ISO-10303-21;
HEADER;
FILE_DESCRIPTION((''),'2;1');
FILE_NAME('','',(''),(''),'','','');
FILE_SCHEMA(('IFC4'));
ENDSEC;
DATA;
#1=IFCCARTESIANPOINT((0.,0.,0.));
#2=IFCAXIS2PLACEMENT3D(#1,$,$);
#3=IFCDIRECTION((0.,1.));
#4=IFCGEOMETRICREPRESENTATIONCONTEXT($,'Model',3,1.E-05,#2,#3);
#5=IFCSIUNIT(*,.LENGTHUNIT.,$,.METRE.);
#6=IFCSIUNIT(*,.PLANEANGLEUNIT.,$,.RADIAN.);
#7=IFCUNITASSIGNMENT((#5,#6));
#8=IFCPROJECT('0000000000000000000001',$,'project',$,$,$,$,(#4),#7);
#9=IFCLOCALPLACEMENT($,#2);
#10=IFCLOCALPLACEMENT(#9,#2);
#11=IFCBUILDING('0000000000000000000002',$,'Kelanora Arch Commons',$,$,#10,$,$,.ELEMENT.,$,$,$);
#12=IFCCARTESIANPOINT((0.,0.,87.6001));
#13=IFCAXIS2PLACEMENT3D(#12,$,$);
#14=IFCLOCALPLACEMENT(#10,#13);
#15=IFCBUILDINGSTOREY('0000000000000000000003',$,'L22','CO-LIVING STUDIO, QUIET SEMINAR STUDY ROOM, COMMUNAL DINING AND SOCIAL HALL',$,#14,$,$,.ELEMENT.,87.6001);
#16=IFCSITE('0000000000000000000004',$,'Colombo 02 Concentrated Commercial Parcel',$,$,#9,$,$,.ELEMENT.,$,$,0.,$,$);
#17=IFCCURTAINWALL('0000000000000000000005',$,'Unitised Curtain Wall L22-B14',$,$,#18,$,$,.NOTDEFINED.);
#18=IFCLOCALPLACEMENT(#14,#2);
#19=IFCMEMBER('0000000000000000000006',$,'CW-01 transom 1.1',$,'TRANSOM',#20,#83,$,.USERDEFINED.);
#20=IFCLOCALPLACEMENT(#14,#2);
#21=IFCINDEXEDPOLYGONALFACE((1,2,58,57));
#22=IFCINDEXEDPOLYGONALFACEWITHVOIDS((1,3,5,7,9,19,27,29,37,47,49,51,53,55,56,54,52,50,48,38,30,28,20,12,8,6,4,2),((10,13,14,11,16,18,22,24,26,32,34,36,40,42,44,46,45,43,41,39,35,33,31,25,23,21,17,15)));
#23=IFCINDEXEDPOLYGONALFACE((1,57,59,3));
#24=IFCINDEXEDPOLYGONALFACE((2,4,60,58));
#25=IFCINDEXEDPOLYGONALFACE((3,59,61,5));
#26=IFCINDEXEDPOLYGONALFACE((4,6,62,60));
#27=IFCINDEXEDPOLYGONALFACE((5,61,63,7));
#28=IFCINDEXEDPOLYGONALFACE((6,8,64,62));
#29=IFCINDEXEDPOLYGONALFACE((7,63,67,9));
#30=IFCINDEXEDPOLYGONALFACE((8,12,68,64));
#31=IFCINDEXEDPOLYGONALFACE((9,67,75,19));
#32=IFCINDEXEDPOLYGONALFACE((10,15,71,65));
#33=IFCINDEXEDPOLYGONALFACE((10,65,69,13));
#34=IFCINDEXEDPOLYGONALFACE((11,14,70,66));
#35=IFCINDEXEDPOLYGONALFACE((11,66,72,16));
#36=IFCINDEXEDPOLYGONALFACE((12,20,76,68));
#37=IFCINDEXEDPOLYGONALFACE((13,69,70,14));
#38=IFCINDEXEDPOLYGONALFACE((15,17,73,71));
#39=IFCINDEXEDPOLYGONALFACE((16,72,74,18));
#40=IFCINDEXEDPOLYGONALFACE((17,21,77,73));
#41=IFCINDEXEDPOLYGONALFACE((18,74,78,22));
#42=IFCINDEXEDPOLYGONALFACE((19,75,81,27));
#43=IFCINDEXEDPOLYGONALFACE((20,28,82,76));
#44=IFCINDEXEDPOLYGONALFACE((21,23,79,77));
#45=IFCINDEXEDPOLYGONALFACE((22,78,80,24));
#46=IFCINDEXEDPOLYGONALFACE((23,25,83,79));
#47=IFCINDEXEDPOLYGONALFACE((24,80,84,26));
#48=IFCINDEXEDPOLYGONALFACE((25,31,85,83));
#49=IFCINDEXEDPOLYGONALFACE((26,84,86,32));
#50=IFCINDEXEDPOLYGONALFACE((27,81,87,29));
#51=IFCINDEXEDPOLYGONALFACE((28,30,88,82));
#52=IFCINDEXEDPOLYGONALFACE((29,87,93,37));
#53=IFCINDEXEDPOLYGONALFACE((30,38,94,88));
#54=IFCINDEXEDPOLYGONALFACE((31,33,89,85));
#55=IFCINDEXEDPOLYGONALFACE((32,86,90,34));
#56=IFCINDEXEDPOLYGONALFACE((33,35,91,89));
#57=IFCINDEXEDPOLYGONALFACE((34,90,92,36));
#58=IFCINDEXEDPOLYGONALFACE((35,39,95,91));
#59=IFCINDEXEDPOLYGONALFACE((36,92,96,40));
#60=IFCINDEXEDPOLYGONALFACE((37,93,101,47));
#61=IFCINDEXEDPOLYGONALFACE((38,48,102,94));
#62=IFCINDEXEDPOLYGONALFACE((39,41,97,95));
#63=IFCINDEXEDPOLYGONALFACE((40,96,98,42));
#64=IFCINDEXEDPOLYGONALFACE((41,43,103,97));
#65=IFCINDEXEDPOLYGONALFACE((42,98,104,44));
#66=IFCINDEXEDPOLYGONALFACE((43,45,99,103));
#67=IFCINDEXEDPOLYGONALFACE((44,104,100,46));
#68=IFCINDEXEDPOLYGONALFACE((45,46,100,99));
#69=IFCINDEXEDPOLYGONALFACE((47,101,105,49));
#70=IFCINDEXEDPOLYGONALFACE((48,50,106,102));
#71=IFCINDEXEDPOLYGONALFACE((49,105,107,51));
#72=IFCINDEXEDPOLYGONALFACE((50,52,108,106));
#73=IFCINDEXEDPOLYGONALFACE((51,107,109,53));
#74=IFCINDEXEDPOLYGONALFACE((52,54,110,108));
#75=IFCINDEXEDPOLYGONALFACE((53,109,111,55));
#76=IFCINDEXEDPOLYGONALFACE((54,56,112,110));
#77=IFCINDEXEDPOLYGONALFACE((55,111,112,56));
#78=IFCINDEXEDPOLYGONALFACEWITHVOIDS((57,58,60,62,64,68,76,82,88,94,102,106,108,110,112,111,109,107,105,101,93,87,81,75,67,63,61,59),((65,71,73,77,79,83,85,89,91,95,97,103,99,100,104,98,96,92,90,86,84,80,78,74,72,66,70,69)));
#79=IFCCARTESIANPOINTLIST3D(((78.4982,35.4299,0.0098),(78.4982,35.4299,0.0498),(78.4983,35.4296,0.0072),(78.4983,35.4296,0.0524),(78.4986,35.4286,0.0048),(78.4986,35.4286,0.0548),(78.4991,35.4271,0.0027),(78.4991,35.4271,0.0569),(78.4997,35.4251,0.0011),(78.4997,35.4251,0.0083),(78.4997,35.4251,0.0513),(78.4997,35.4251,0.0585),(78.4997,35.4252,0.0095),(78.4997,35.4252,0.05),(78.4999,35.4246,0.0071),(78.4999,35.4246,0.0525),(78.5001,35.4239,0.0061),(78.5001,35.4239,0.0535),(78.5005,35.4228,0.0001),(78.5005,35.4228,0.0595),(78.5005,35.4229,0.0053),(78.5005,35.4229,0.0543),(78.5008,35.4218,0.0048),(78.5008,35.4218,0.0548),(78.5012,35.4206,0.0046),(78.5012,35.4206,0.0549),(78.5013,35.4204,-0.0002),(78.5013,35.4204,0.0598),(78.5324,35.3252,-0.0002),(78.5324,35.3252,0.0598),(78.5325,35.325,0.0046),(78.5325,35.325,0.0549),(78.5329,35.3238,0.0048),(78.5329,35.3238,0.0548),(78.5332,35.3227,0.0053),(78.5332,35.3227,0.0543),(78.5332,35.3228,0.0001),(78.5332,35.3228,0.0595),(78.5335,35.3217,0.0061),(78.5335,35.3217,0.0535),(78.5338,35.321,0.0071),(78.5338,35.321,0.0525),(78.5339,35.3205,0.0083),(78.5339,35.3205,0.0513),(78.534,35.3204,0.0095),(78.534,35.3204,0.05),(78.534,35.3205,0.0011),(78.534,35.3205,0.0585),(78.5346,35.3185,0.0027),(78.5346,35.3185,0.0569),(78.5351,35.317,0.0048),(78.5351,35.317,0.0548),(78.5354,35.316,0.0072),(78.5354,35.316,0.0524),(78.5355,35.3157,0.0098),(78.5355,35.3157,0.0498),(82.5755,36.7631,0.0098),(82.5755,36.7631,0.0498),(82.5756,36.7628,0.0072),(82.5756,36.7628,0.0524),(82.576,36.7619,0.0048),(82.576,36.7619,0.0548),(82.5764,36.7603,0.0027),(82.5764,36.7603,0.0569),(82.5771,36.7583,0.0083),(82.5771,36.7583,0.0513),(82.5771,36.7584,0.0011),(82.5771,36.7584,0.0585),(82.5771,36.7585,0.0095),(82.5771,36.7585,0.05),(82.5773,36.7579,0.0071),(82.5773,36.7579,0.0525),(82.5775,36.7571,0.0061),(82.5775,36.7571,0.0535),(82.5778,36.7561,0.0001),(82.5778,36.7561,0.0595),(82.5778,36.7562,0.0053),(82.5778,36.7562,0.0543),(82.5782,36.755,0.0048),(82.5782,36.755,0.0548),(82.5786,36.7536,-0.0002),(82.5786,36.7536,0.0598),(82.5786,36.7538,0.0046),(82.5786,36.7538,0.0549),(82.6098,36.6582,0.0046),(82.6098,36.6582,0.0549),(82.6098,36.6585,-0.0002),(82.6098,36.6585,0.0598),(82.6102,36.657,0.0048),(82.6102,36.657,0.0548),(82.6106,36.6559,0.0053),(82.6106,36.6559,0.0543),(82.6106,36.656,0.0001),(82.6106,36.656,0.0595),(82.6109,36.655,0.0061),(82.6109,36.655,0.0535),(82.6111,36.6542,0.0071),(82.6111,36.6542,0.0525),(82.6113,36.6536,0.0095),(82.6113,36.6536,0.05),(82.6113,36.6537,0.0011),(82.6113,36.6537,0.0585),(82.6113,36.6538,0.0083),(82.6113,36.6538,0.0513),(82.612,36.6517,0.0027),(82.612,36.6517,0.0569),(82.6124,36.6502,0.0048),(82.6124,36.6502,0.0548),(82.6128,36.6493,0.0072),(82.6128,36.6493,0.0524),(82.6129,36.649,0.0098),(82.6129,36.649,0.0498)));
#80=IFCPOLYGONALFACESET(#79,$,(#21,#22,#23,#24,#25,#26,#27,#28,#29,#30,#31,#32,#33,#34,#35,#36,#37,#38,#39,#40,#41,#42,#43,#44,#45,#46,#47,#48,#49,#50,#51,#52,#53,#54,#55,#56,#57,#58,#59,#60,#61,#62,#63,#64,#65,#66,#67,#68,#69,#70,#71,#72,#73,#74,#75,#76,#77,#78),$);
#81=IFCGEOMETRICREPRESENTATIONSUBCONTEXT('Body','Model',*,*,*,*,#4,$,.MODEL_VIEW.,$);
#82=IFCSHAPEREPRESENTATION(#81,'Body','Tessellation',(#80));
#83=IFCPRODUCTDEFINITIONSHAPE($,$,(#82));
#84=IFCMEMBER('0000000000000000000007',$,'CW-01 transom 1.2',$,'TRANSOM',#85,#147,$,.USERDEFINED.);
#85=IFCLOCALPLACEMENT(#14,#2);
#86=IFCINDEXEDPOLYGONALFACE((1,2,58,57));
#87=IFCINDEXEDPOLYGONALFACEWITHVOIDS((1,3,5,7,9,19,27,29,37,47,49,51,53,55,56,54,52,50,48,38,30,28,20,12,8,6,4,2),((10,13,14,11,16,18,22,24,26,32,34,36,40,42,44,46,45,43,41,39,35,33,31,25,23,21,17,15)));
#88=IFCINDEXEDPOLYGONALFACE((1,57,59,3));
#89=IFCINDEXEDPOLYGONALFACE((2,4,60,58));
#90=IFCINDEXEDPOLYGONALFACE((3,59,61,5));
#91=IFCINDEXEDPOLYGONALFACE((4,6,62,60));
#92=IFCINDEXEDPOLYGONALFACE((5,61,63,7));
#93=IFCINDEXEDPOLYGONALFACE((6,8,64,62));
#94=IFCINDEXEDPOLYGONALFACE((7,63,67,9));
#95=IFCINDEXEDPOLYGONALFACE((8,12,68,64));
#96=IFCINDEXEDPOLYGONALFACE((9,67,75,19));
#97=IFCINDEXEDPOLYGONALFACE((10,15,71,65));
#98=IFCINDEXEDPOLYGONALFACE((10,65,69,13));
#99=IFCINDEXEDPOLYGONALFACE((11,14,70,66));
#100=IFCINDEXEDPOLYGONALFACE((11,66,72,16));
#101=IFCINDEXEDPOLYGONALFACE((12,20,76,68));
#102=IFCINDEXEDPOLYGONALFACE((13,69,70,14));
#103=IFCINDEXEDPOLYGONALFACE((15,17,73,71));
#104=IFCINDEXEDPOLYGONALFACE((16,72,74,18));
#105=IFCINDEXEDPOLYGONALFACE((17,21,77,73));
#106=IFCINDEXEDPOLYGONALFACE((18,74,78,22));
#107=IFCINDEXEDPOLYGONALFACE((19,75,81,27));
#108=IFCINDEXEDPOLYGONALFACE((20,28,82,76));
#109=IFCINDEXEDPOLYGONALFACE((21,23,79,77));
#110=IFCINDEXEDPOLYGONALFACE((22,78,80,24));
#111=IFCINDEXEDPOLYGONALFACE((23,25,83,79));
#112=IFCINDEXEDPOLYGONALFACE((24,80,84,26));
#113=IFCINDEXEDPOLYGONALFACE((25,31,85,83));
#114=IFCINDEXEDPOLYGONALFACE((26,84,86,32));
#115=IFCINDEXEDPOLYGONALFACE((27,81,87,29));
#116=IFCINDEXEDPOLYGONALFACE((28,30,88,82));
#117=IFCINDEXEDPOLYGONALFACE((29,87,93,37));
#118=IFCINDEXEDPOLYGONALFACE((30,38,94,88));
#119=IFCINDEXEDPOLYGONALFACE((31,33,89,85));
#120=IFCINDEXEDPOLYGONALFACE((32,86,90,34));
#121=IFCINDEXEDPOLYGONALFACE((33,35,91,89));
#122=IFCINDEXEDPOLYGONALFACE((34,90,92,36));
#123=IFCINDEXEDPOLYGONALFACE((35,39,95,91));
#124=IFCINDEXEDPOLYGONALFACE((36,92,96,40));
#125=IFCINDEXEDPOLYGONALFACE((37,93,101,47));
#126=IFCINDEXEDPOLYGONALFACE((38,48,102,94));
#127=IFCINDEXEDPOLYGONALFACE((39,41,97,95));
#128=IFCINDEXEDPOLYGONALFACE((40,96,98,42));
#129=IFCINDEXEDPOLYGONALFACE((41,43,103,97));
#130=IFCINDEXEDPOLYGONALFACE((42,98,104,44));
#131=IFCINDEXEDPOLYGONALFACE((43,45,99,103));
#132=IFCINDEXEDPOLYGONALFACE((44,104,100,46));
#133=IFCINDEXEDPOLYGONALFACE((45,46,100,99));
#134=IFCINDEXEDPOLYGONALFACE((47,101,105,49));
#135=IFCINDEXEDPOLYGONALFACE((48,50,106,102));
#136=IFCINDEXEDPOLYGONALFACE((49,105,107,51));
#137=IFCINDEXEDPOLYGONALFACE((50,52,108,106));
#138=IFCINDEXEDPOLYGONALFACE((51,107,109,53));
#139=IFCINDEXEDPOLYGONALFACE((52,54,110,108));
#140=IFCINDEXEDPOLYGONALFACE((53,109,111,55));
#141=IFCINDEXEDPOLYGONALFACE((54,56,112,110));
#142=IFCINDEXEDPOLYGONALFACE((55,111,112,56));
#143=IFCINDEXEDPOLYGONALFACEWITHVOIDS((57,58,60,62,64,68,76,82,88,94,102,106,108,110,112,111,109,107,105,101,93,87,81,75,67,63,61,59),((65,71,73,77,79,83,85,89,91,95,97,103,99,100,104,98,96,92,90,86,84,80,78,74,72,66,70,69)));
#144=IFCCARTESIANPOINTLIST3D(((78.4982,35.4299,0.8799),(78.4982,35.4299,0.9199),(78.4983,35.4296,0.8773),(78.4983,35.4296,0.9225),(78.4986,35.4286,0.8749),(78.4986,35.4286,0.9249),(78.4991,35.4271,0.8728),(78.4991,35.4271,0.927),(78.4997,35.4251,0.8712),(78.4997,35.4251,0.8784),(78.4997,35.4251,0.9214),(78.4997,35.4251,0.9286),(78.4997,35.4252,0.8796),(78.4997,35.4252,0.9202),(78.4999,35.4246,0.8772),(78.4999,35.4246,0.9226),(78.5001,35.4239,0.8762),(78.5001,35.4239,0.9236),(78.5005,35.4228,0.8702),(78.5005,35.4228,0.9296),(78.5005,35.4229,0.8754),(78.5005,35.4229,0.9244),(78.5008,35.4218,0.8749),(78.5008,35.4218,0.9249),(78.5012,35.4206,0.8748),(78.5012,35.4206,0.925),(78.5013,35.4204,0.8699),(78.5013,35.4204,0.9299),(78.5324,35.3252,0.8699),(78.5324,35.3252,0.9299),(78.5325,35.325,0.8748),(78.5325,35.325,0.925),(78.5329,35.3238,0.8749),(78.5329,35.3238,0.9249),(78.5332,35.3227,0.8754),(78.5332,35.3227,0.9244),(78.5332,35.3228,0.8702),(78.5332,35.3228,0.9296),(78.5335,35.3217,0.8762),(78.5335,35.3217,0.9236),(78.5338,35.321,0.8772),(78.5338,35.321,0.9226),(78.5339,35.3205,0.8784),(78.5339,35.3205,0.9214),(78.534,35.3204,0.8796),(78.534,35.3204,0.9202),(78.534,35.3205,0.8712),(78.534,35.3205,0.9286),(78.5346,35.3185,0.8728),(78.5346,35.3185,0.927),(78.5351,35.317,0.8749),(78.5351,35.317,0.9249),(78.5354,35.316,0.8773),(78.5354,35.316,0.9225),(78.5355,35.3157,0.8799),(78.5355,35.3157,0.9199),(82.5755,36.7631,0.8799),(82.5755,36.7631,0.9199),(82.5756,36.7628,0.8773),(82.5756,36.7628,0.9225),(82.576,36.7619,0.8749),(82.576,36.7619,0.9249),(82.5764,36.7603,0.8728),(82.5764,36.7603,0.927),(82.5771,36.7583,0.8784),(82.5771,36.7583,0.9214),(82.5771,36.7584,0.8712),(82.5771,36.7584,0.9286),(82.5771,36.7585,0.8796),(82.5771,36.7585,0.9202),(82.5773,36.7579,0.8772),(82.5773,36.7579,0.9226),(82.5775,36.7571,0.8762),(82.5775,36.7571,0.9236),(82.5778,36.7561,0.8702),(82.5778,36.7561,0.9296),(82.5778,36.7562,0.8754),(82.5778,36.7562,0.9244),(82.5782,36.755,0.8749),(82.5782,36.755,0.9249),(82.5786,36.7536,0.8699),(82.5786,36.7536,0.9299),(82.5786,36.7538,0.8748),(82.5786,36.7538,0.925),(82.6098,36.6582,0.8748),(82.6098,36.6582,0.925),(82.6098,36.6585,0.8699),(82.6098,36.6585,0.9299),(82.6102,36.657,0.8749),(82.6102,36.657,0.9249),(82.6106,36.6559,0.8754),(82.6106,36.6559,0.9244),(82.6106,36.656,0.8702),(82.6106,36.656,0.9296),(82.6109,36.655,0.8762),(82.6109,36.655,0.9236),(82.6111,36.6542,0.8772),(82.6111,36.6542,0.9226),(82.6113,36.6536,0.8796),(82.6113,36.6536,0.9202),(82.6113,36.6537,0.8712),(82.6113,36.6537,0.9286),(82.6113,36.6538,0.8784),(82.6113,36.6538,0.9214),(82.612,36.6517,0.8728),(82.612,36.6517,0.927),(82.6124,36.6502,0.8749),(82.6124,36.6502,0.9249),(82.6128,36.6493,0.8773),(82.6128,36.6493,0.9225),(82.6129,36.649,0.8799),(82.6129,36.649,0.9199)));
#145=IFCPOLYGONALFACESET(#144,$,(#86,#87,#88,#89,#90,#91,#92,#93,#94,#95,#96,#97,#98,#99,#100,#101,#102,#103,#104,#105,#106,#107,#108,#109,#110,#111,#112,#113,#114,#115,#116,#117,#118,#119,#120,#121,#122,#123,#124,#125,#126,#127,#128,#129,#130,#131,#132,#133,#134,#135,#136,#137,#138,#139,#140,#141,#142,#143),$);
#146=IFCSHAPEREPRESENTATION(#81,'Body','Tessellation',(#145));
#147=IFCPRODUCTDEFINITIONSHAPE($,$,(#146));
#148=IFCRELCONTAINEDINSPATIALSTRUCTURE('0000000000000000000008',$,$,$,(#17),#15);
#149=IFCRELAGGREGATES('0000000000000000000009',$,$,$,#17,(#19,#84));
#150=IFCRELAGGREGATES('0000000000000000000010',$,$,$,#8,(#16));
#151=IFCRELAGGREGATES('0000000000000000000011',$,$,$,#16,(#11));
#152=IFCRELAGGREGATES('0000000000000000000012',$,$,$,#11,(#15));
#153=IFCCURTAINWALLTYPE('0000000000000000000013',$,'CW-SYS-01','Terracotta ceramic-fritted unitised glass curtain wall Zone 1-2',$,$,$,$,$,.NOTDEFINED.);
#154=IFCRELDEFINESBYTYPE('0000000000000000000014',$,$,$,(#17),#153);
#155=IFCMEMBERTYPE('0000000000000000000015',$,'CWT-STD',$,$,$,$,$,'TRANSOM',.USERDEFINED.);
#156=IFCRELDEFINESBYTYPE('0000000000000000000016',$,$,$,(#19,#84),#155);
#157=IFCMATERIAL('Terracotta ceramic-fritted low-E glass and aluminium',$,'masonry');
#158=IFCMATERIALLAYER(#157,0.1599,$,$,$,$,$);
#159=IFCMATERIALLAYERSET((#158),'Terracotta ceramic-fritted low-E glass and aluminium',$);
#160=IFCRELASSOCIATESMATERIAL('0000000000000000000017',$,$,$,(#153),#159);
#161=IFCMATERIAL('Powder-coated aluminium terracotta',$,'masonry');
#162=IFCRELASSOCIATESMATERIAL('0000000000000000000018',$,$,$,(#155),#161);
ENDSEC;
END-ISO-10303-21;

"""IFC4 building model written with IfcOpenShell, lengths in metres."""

from ifc_helpers import new_model, si_unit, direction, frame, origin, origin_2d, place, context, subcontext, project, spatial, hollow_rectangle, extrude, material, layer, layer_set, material_profile, profile_set, type_object, element, aggregate, save


model = new_model("IFC4")

# Units and contexts
model_context = context("Model", 3, precision=1e-05, world=origin(), true_north=direction((0.0, 1.0)))
body_context = subcontext(model_context, "Body", "Model", "MODEL_VIEW")
ifc_project = project(units=[si_unit("LENGTHUNIT", "METRE"), si_unit("PLANEANGLEUNIT", "RADIAN")], contexts=[model_context])

# Site, building, storey
site_placement = place(None, origin())
site = spatial("IfcSite", under=ifc_project, at=site_placement, Name="Colombo 02 Concentrated Commercial Parcel", CompositionType="ELEMENT", RefElevation=0.0)
building_placement = place(site_placement, origin())
building = spatial("IfcBuilding", under=site, at=building_placement, Name="Kelanora Arch Commons", CompositionType="ELEMENT")
storey_placement = place(building_placement, frame((0.0, 0.0, 87.6001)))
storey = spatial("IfcBuildingStorey", under=building, at=storey_placement, Name="L22", Description="CO-LIVING STUDIO, QUIET SEMINAR STUDY ROOM, COMMUNAL DINING AND SOCIAL HALL", CompositionType="ELEMENT", Elevation=87.6001)

# Curtain wall, members
ifc_material_1 = material(Name="Terracotta ceramic-fritted low-E glass and aluminium", Category="masonry")
ifc_layer_1 = layer(ifc_material_1, 0.1599)
ifc_layer_set_1 = layer_set([ifc_layer_1], Name="Terracotta ceramic-fritted low-E glass and aluminium")
curtain_wall_type = type_object("IfcCurtainWallType", Name="CW-SYS-01", Description="Terracotta ceramic-fritted unitised glass curtain wall Zone 1-2", PredefinedType="NOTDEFINED", material=ifc_layer_set_1)
curtain_wall_placement = place(storey_placement, origin())
curtain_wall = element("IfcCurtainWall", 1, at=curtain_wall_placement, inside=storey, type_object=curtain_wall_type, Name="Unitised Curtain Wall L22-B14", PredefinedType="NOTDEFINED")
ifc_material_2 = material(Name="Powder-coated aluminium terracotta", Category="masonry")
ifc_material_profile_1 = material_profile(ifc_material_2, hollow_rectangle(XDim=0.1201, YDim=0.0601, WallThickness=0.0049, InnerFilletRadius=0.0049, OuterFilletRadius=0.01, at=origin_2d()), Name="CWT120x60")
ifc_profile_set_1 = profile_set([ifc_material_profile_1], Name="Powder-coated aluminium terracotta")
member_type_1 = type_object("IfcMemberType", Name="CWT-STD", ElementType="TRANSOM", PredefinedType="USERDEFINED", material=ifc_profile_set_1)
member_1_placement = place(storey_placement, frame((78.5168, 35.3728, 0.0298), z_axis=(0.950478, 0.310793, 0.0), x_axis=(-0.310793, 0.950478, 0.0)))
member_1 = element("IfcMember", 2, at=member_1_placement, type_object=member_type_1, Name="CW-01 transom 1.1", ObjectType="TRANSOM", PredefinedType="USERDEFINED", context=body_context, shape_type="SweptSolid", body=[
    extrude(hollow_rectangle(XDim=0.1201, YDim=0.0601, WallThickness=0.0049, InnerFilletRadius=0.0049, OuterFilletRadius=0.01, at=origin_2d()), origin(), (0.0, 0.0, 1.0), 4.2898),
])
member_2_placement = place(storey_placement, frame((78.5168, 35.3728, 0.8999), z_axis=(0.950478, 0.310793, 0.0), x_axis=(-0.310793, 0.950478, 0.0)))
member_2 = element("IfcMember", 3, at=member_2_placement, type_object=member_type_1, Name="CW-01 transom 1.2", ObjectType="TRANSOM", PredefinedType="USERDEFINED", context=body_context, shape_type="SweptSolid", body=[
    extrude(hollow_rectangle(XDim=0.1201, YDim=0.0601, WallThickness=0.0049, InnerFilletRadius=0.0049, OuterFilletRadius=0.01, at=origin_2d()), origin(), (0.0, 0.0, 1.0), 4.2898),
])
aggregate(curtain_wall, [member_1, member_2])

save(model, "model.ifc")
